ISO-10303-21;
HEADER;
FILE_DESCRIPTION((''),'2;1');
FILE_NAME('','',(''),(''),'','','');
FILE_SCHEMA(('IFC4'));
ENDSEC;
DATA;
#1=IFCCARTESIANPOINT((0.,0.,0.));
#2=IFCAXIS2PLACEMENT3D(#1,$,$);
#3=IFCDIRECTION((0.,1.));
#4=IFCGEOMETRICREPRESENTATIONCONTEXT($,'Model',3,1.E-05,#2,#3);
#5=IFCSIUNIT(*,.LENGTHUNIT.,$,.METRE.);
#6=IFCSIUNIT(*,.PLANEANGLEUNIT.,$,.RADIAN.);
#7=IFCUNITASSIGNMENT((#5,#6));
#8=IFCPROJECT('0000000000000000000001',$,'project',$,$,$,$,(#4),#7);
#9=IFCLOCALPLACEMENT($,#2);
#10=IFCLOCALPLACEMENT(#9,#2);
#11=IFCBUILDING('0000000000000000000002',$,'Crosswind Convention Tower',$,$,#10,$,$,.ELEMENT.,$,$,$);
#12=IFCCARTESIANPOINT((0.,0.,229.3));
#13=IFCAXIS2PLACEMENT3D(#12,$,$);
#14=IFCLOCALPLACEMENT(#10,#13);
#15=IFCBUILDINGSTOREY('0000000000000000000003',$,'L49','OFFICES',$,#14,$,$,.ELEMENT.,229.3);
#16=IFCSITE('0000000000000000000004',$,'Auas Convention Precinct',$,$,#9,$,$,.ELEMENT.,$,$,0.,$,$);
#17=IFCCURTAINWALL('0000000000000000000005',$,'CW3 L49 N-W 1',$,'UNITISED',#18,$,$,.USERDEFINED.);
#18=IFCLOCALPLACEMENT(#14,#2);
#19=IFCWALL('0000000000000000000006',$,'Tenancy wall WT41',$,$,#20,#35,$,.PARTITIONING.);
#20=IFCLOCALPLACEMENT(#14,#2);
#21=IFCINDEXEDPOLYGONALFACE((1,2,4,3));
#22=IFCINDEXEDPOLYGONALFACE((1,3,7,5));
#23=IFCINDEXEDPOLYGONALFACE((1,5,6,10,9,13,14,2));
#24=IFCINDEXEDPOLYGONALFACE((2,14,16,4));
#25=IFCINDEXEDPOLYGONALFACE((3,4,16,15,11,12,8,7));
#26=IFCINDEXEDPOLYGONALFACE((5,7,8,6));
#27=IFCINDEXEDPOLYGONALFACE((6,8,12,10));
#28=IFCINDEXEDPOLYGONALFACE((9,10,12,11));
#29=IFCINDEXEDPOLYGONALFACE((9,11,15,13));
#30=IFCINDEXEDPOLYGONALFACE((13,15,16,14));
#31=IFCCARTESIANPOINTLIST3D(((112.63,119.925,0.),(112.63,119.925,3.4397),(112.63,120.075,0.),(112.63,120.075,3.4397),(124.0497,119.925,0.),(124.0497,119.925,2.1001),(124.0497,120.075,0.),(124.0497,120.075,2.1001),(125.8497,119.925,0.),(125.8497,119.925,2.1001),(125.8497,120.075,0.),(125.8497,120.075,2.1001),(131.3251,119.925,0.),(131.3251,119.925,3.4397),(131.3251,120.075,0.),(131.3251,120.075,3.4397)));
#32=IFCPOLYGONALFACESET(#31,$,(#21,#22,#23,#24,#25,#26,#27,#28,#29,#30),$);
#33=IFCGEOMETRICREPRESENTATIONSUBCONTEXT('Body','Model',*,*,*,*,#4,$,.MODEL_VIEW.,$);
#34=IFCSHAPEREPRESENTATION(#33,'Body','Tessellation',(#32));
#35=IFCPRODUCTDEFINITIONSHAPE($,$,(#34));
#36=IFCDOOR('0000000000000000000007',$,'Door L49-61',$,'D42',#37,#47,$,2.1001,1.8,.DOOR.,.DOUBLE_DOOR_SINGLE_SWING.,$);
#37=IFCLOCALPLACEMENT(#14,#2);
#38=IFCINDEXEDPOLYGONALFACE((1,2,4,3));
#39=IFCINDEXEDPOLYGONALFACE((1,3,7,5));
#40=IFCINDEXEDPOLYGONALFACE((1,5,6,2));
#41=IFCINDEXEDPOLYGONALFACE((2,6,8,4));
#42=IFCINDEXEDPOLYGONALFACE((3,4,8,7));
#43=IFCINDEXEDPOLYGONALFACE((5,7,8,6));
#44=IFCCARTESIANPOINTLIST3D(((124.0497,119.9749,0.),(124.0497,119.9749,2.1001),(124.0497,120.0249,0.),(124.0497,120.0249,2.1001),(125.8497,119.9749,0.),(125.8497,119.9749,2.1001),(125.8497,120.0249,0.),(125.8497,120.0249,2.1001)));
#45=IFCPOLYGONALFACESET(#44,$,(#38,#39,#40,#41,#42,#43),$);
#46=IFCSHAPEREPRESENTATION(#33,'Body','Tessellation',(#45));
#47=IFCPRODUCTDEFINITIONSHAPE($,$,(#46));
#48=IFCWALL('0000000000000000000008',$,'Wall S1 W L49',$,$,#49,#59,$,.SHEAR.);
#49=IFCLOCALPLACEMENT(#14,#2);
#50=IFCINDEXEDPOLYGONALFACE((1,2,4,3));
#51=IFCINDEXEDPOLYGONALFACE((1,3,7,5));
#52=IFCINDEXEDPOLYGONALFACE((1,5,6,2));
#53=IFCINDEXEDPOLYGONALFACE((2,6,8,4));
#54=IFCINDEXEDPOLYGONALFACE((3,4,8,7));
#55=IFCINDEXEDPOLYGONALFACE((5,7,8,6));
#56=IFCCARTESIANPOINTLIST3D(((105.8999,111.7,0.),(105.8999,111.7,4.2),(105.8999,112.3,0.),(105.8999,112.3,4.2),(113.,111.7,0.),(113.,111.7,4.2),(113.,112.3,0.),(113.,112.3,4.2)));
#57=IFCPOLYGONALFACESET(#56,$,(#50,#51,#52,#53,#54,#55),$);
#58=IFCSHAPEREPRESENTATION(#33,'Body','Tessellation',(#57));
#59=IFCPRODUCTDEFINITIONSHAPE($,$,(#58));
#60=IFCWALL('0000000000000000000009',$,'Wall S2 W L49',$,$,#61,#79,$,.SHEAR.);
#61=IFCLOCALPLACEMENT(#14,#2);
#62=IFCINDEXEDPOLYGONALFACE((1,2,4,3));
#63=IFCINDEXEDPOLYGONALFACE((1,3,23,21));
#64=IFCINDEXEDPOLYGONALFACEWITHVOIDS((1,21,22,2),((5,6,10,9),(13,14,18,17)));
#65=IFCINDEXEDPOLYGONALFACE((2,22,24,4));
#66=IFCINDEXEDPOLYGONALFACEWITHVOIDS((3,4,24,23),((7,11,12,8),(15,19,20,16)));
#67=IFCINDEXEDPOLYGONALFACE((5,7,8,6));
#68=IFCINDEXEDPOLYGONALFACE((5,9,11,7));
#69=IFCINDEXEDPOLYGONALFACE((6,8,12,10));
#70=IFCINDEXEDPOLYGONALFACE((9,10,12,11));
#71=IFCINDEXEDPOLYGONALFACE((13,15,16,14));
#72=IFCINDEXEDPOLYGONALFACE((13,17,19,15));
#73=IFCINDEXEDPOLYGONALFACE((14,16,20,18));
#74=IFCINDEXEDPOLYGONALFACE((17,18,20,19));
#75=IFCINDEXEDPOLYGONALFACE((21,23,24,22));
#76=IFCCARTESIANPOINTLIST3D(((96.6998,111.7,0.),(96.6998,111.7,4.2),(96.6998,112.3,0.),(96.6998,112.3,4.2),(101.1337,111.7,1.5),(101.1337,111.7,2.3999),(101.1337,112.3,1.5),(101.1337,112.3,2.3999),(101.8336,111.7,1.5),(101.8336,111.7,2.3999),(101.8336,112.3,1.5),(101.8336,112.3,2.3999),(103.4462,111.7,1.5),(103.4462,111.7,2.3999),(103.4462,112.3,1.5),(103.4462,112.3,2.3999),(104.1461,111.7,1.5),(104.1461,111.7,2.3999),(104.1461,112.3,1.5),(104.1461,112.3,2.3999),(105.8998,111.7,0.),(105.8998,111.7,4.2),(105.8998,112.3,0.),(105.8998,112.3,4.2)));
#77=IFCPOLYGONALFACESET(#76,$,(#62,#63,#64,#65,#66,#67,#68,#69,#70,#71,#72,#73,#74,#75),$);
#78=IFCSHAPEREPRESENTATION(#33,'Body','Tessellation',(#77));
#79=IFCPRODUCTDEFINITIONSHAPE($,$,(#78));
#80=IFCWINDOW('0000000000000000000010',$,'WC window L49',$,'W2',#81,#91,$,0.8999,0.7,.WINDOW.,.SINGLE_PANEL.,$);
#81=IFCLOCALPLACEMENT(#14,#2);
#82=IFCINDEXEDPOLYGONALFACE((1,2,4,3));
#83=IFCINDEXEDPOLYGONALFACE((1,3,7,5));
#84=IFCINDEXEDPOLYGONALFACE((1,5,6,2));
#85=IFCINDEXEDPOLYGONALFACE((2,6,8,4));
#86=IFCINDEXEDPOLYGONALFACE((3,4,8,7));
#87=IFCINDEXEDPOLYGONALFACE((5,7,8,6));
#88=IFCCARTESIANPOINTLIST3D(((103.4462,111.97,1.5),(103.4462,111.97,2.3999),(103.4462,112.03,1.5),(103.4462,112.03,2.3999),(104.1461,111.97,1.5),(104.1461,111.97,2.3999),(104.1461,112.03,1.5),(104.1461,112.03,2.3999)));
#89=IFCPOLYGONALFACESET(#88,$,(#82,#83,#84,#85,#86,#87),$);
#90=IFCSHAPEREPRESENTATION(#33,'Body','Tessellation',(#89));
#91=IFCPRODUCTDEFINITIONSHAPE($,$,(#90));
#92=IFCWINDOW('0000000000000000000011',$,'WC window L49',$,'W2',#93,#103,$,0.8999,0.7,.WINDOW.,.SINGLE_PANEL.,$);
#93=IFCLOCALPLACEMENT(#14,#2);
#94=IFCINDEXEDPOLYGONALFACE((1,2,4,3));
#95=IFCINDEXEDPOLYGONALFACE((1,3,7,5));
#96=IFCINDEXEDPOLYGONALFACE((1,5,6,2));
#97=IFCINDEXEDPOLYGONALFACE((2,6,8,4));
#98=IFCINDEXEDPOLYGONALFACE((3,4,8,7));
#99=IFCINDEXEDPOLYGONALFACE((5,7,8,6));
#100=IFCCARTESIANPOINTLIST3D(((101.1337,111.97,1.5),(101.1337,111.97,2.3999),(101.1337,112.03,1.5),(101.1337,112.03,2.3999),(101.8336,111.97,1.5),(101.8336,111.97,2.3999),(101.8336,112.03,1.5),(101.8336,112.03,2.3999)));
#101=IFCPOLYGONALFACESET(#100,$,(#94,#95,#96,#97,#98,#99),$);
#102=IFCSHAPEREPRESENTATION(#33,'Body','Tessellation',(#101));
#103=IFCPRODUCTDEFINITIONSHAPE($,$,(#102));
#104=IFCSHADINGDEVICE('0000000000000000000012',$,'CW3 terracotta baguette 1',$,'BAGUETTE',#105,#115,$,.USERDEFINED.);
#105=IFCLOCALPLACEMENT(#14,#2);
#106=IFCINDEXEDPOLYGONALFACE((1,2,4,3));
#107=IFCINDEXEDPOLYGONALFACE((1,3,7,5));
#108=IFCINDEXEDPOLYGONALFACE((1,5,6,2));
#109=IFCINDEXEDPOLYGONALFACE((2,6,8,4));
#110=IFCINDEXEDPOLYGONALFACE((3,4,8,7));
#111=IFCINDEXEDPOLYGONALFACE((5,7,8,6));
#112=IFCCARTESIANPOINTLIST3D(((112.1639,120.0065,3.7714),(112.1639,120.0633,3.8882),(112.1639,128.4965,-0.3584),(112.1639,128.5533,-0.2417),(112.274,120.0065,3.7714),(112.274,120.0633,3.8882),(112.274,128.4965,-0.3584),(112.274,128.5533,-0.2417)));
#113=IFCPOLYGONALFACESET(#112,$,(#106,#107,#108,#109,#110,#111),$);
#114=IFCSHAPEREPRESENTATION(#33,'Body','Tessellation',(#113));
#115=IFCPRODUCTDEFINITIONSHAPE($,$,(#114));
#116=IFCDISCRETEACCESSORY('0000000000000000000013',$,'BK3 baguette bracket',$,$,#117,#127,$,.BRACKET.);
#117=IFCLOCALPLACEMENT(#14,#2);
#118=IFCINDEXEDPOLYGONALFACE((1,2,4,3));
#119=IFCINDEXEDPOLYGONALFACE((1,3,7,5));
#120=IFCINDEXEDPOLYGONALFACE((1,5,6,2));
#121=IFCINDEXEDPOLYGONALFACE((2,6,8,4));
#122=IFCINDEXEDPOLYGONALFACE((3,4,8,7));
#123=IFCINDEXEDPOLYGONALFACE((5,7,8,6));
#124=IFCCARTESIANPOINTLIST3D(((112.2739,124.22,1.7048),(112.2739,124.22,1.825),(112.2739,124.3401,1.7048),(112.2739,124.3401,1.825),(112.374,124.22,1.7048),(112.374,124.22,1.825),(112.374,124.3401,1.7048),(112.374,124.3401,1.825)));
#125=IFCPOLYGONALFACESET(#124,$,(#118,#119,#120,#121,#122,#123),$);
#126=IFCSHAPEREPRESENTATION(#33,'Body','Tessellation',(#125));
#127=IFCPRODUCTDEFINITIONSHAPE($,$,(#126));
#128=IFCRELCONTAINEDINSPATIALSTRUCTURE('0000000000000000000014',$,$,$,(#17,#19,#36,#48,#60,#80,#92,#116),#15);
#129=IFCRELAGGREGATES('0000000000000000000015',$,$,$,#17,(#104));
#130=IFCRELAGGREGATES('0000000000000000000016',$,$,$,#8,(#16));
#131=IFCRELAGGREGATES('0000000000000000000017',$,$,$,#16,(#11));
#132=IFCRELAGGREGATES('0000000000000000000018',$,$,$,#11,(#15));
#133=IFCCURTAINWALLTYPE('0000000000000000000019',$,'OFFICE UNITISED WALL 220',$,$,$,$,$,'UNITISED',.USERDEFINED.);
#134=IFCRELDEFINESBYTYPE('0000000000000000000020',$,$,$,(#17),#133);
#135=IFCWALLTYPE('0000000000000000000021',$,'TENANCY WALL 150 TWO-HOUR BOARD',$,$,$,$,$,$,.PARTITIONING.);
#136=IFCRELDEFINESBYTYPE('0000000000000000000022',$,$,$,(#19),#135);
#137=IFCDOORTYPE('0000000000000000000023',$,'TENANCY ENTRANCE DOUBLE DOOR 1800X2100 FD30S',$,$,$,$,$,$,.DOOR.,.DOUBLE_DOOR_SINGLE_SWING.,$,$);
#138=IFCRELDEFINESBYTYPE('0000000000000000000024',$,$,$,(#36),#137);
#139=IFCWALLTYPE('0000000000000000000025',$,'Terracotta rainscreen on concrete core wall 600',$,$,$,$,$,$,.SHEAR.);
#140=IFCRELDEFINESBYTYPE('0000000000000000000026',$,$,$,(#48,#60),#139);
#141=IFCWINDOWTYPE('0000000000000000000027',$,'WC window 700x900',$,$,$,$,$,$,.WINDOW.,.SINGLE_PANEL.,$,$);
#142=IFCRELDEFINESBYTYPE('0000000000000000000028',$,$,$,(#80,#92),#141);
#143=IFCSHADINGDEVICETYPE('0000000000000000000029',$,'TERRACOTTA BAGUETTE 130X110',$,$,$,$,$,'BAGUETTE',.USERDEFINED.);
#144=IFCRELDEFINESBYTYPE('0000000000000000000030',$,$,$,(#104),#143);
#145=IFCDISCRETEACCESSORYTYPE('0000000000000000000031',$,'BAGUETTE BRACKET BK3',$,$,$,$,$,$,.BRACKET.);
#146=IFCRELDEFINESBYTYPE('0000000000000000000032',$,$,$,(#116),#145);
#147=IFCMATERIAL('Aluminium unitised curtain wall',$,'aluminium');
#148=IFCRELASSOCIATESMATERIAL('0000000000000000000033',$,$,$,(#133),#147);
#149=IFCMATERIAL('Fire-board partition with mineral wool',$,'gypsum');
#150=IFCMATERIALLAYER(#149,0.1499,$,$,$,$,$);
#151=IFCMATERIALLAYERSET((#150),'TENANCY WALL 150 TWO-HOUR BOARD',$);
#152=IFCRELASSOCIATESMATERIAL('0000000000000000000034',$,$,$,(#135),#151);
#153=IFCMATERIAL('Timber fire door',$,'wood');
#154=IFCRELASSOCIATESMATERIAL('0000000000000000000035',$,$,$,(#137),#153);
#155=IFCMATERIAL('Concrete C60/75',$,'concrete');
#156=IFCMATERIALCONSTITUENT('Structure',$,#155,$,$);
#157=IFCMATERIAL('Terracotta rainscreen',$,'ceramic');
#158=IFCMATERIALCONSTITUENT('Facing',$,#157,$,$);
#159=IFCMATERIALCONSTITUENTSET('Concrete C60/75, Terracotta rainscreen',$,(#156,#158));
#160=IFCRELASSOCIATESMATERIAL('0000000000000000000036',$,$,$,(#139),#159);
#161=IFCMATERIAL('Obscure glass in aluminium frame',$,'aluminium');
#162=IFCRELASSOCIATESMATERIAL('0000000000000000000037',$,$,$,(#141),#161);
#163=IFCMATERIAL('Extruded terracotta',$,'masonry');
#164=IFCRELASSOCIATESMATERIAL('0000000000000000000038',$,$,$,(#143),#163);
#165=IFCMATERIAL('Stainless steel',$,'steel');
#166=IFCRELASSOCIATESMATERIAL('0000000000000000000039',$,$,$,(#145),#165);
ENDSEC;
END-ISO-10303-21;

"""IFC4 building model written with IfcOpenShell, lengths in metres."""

from ifc_helpers import new_model, si_unit, direction, frame, frame_2d, origin, origin_2d, place, context, subcontext, project, spatial, rectangle, extrude, material, layer, layer_set, constituent, constituent_set, material_profile, profile_set, type_object, element, fill, aggregate, save


model = new_model("IFC4")

# Units and contexts
model_context = context("Model", 3, precision=1e-05, world=origin(), true_north=direction((0.0, 1.0)))
body_context = subcontext(model_context, "Body", "Model", "MODEL_VIEW")
ifc_project = project(units=[si_unit("LENGTHUNIT", "METRE"), si_unit("PLANEANGLEUNIT", "RADIAN")], contexts=[model_context])

# Site, building, storey
site_placement = place(None, origin())
site = spatial("IfcSite", under=ifc_project, at=site_placement, Name="Auas Convention Precinct", CompositionType="ELEMENT", RefElevation=0.0)
building_placement = place(site_placement, origin())
building = spatial("IfcBuilding", under=site, at=building_placement, Name="Crosswind Convention Tower", CompositionType="ELEMENT")
storey_placement = place(building_placement, frame((0.0, 0.0, 229.3)))
storey = spatial("IfcBuildingStorey", under=building, at=storey_placement, Name="L49", Description="OFFICES", CompositionType="ELEMENT", Elevation=229.3)

# Shared definitions
ifc_material_1 = material(Name="Concrete C60/75", Category="concrete")

# Shared definitions
ifc_material_2 = material(Name="Aluminium unitised curtain wall", Category="aluminium")
curtain_wall_type_1 = type_object("IfcCurtainWallType", Name="OFFICE UNITISED WALL 220", ElementType="UNITISED", PredefinedType="USERDEFINED", material=ifc_material_2)

# Curtain wall
curtain_wall_1_placement = place(storey_placement, origin())
curtain_wall_1 = element("IfcCurtainWall", 1, at=curtain_wall_1_placement, inside=storey, type_object=curtain_wall_type_1, Name="CW3 L49 N-W 1", ObjectType="UNITISED", PredefinedType="USERDEFINED")

# Wall, opening, door
ifc_material_3 = material(Name="Fire-board partition with mineral wool", Category="gypsum")
ifc_layer_1 = layer(ifc_material_3, 0.1499)
ifc_layer_set_1 = layer_set([ifc_layer_1], Name="TENANCY WALL 150 TWO-HOUR BOARD")
wall_type_1 = type_object("IfcWallType", Name="TENANCY WALL 150 TWO-HOUR BOARD", PredefinedType="PARTITIONING", material=ifc_layer_set_1)
wall_1_placement = place(storey_placement, frame((112.6299, 120.0, 0.0), z_axis=(0.0, 0.0, 1.0), x_axis=(1.0, 0.0, 0.0)))
wall_1 = element("IfcWall", 2, at=wall_1_placement, inside=storey, type_object=wall_type_1, Name="Tenancy wall WT41", PredefinedType="PARTITIONING", context=body_context, shape_type="SweptSolid", body=[
    extrude(rectangle(XDim=18.6951, YDim=0.1499, at=frame_2d((9.3477, 0.0))), origin(), (0.0, 0.0, 1.0), 3.4397),
])
opening_1_placement = place(wall_1_placement, frame((11.4199, 0.0, 0.0)))
opening_1 = element("IfcOpeningElement", 3, at=opening_1_placement, cuts=wall_1, PredefinedType="OPENING", context=body_context, shape_type="SweptSolid", body=[
    extrude(rectangle(XDim=1.8, YDim=2.1001, at=frame_2d((0.8999, 1.05))), frame((0.0, 0.085, 0.0), z_axis=(0.0, -1.0, 0.0), x_axis=(1.0, 0.0, 0.0)), (0.0, 0.0, 1.0), 0.1699),
])
ifc_material_4 = material(Name="Timber fire door", Category="wood")
door_type = type_object("IfcDoorType", Name="TENANCY ENTRANCE DOUBLE DOOR 1800X2100 FD30S", OperationType="DOUBLE_DOOR_SINGLE_SWING", PredefinedType="DOOR", material=ifc_material_4)
door_placement = place(opening_1_placement, origin())
door = element("IfcDoor", 4, at=door_placement, inside=storey, type_object=door_type, Name="Door L49-61", ObjectType="D42", OperationType="DOUBLE_DOOR_SINGLE_SWING", OverallHeight=2.1001, OverallWidth=1.8, PredefinedType="DOOR", context=body_context, shape_type="SweptSolid", body=[
    extrude(rectangle(XDim=1.8, YDim=2.1001, at=frame_2d((0.8999, 1.05))), frame((0.0, 0.0249, 0.0), z_axis=(0.0, -1.0, 0.0), x_axis=(1.0, 0.0, 0.0)), (0.0, 0.0, 1.0), 0.05),
])
fill(opening_1, door)

# Wall
ifc_constituent_1 = constituent(ifc_material_1, Name="Structure")
ifc_material_5 = material(Name="Terracotta rainscreen", Category="ceramic")
ifc_constituent_2 = constituent(ifc_material_5, Name="Facing")
ifc_constituent_set = constituent_set(constituents=[ifc_constituent_1, ifc_constituent_2], Name="Concrete C60/75, Terracotta rainscreen")
wall_type_2 = type_object("IfcWallType", Name="Terracotta rainscreen on concrete core wall 600", PredefinedType="SHEAR", material=ifc_constituent_set)
wall_2_placement = place(storey_placement, frame((113.0, 112.0, 0.0), z_axis=(0.0, 0.0, 1.0), x_axis=(-1.0, 0.0, 0.0)))
element("IfcWall", 5, at=wall_2_placement, inside=storey, type_object=wall_type_2, Name="Wall S1 W L49", PredefinedType="SHEAR", context=body_context, shape_type="SweptSolid", body=[
    extrude(rectangle(XDim=7.1001, YDim=0.6001, at=frame_2d((3.55, 0.0))), origin(), (0.0, 0.0, 1.0), 4.2),
])

# Wall, openings, windows
wall_3_placement = place(storey_placement, frame((105.8999, 112.0, 0.0), z_axis=(0.0, 0.0, 1.0), x_axis=(-1.0, 0.0, 0.0)))
wall_3 = element("IfcWall", 6, at=wall_3_placement, inside=storey, type_object=wall_type_2, Name="Wall S2 W L49", PredefinedType="SHEAR", context=body_context, shape_type="SweptSolid", body=[
    extrude(rectangle(XDim=9.2, YDim=0.6001, at=frame_2d((4.6001, 0.0))), origin(), (0.0, 0.0, 1.0), 4.2),
])
opening_2_placement = place(wall_3_placement, frame((1.7537, 0.0, 1.5)))
opening_2 = element("IfcOpeningElement", 7, at=opening_2_placement, cuts=wall_3, PredefinedType="OPENING", context=body_context, shape_type="SweptSolid", body=[
    extrude(rectangle(XDim=0.7, YDim=0.8999, at=frame_2d((0.3501, 0.45))), frame((0.0, 0.3101, 0.0), z_axis=(0.0, -1.0, 0.0), x_axis=(1.0, 0.0, 0.0)), (0.0, 0.0, 1.0), 0.6201),
])
opening_3_placement = place(wall_3_placement, frame((4.0662, 0.0, 1.5)))
opening_3 = element("IfcOpeningElement", 8, at=opening_3_placement, cuts=wall_3, PredefinedType="OPENING", context=body_context, shape_type="SweptSolid", body=[
    extrude(rectangle(XDim=0.7, YDim=0.8999, at=frame_2d((0.3501, 0.45))), frame((0.0, 0.3101, 0.0), z_axis=(0.0, -1.0, 0.0), x_axis=(1.0, 0.0, 0.0)), (0.0, 0.0, 1.0), 0.6201),
])
ifc_material_6 = material(Name="Obscure glass in aluminium frame", Category="aluminium")
window_type = type_object("IfcWindowType", Name="WC window 700x900", PartitioningType="SINGLE_PANEL", PredefinedType="WINDOW", material=ifc_material_6)
window_1_placement = place(opening_2_placement, origin())
window_1 = element("IfcWindow", 9, at=window_1_placement, inside=storey, type_object=window_type, Name="WC window L49", ObjectType="W2", OverallHeight=0.8999, OverallWidth=0.7, PartitioningType="SINGLE_PANEL", PredefinedType="WINDOW", context=body_context, shape_type="SweptSolid", body=[
    extrude(rectangle(XDim=0.7, YDim=0.8999, at=frame_2d((0.3501, 0.45))), frame((0.0, 0.03, 0.0), z_axis=(0.0, -1.0, 0.0), x_axis=(1.0, 0.0, 0.0)), (0.0, 0.0, 1.0), 0.0601),
])
fill(opening_2, window_1)
window_2_placement = place(opening_3_placement, origin())
window_2 = element("IfcWindow", 10, at=window_2_placement, inside=storey, type_object=window_type, Name="WC window L49", ObjectType="W2", OverallHeight=0.8999, OverallWidth=0.7, PartitioningType="SINGLE_PANEL", PredefinedType="WINDOW", context=body_context, shape_type="SweptSolid", body=[
    extrude(rectangle(XDim=0.7, YDim=0.8999, at=frame_2d((0.3501, 0.45))), frame((0.0, 0.03, 0.0), z_axis=(0.0, -1.0, 0.0), x_axis=(1.0, 0.0, 0.0)), (0.0, 0.0, 1.0), 0.0601),
])
fill(opening_3, window_2)

# Shading device
ifc_material_7 = material(Name="Extruded terracotta", Category="masonry")
ifc_material_profile_1 = material_profile(ifc_material_7, rectangle(XDim=0.1101, YDim=0.1299, at=origin_2d()), Name="TC 110X130")
ifc_profile_set_1 = profile_set([ifc_material_profile_1], Name="Extruded terracotta")
shading_device_type = type_object("IfcShadingDeviceType", Name="TERRACOTTA BAGUETTE 130X110", ElementType="BAGUETTE", PredefinedType="USERDEFINED", material=ifc_profile_set_1)
shading_device_placement = place(storey_placement, frame((112.219, 128.5249, -0.3), z_axis=(0.0, -0.899251, 0.437433), x_axis=(1.0, 0.0, 0.0)))
shading_device = element("IfcShadingDevice", 11, at=shading_device_placement, type_object=shading_device_type, Name="CW3 terracotta baguette 1", ObjectType="BAGUETTE", PredefinedType="USERDEFINED", context=body_context, shape_type="SweptSolid", body=[
    extrude(rectangle(XDim=0.1101, YDim=0.1299, at=origin_2d()), origin(), (0.0, 0.0, 1.0), 9.4412),
])
aggregate(curtain_wall_1, [shading_device])

# Discrete accessory
ifc_material_8 = material(Name="Stainless steel", Category="steel")
discrete_accessory_type = type_object("IfcDiscreteAccessoryType", Name="BAGUETTE BRACKET BK3", PredefinedType="BRACKET", material=ifc_material_8)
discrete_accessory_placement = place(storey_placement, frame((112.324, 124.28, 1.7048), z_axis=(0.0, 0.0, 1.0), x_axis=(0.0, -1.0, 0.0)))
element("IfcDiscreteAccessory", 12, at=discrete_accessory_placement, inside=storey, type_object=discrete_accessory_type, Name="BK3 baguette bracket", PredefinedType="BRACKET", context=body_context, shape_type="SweptSolid", body=[
    extrude(rectangle(XDim=0.1201, YDim=0.1001, at=origin_2d()), origin(), (0.0, 0.0, 1.0), 0.1201),
])

save(model, "model.ifc")
